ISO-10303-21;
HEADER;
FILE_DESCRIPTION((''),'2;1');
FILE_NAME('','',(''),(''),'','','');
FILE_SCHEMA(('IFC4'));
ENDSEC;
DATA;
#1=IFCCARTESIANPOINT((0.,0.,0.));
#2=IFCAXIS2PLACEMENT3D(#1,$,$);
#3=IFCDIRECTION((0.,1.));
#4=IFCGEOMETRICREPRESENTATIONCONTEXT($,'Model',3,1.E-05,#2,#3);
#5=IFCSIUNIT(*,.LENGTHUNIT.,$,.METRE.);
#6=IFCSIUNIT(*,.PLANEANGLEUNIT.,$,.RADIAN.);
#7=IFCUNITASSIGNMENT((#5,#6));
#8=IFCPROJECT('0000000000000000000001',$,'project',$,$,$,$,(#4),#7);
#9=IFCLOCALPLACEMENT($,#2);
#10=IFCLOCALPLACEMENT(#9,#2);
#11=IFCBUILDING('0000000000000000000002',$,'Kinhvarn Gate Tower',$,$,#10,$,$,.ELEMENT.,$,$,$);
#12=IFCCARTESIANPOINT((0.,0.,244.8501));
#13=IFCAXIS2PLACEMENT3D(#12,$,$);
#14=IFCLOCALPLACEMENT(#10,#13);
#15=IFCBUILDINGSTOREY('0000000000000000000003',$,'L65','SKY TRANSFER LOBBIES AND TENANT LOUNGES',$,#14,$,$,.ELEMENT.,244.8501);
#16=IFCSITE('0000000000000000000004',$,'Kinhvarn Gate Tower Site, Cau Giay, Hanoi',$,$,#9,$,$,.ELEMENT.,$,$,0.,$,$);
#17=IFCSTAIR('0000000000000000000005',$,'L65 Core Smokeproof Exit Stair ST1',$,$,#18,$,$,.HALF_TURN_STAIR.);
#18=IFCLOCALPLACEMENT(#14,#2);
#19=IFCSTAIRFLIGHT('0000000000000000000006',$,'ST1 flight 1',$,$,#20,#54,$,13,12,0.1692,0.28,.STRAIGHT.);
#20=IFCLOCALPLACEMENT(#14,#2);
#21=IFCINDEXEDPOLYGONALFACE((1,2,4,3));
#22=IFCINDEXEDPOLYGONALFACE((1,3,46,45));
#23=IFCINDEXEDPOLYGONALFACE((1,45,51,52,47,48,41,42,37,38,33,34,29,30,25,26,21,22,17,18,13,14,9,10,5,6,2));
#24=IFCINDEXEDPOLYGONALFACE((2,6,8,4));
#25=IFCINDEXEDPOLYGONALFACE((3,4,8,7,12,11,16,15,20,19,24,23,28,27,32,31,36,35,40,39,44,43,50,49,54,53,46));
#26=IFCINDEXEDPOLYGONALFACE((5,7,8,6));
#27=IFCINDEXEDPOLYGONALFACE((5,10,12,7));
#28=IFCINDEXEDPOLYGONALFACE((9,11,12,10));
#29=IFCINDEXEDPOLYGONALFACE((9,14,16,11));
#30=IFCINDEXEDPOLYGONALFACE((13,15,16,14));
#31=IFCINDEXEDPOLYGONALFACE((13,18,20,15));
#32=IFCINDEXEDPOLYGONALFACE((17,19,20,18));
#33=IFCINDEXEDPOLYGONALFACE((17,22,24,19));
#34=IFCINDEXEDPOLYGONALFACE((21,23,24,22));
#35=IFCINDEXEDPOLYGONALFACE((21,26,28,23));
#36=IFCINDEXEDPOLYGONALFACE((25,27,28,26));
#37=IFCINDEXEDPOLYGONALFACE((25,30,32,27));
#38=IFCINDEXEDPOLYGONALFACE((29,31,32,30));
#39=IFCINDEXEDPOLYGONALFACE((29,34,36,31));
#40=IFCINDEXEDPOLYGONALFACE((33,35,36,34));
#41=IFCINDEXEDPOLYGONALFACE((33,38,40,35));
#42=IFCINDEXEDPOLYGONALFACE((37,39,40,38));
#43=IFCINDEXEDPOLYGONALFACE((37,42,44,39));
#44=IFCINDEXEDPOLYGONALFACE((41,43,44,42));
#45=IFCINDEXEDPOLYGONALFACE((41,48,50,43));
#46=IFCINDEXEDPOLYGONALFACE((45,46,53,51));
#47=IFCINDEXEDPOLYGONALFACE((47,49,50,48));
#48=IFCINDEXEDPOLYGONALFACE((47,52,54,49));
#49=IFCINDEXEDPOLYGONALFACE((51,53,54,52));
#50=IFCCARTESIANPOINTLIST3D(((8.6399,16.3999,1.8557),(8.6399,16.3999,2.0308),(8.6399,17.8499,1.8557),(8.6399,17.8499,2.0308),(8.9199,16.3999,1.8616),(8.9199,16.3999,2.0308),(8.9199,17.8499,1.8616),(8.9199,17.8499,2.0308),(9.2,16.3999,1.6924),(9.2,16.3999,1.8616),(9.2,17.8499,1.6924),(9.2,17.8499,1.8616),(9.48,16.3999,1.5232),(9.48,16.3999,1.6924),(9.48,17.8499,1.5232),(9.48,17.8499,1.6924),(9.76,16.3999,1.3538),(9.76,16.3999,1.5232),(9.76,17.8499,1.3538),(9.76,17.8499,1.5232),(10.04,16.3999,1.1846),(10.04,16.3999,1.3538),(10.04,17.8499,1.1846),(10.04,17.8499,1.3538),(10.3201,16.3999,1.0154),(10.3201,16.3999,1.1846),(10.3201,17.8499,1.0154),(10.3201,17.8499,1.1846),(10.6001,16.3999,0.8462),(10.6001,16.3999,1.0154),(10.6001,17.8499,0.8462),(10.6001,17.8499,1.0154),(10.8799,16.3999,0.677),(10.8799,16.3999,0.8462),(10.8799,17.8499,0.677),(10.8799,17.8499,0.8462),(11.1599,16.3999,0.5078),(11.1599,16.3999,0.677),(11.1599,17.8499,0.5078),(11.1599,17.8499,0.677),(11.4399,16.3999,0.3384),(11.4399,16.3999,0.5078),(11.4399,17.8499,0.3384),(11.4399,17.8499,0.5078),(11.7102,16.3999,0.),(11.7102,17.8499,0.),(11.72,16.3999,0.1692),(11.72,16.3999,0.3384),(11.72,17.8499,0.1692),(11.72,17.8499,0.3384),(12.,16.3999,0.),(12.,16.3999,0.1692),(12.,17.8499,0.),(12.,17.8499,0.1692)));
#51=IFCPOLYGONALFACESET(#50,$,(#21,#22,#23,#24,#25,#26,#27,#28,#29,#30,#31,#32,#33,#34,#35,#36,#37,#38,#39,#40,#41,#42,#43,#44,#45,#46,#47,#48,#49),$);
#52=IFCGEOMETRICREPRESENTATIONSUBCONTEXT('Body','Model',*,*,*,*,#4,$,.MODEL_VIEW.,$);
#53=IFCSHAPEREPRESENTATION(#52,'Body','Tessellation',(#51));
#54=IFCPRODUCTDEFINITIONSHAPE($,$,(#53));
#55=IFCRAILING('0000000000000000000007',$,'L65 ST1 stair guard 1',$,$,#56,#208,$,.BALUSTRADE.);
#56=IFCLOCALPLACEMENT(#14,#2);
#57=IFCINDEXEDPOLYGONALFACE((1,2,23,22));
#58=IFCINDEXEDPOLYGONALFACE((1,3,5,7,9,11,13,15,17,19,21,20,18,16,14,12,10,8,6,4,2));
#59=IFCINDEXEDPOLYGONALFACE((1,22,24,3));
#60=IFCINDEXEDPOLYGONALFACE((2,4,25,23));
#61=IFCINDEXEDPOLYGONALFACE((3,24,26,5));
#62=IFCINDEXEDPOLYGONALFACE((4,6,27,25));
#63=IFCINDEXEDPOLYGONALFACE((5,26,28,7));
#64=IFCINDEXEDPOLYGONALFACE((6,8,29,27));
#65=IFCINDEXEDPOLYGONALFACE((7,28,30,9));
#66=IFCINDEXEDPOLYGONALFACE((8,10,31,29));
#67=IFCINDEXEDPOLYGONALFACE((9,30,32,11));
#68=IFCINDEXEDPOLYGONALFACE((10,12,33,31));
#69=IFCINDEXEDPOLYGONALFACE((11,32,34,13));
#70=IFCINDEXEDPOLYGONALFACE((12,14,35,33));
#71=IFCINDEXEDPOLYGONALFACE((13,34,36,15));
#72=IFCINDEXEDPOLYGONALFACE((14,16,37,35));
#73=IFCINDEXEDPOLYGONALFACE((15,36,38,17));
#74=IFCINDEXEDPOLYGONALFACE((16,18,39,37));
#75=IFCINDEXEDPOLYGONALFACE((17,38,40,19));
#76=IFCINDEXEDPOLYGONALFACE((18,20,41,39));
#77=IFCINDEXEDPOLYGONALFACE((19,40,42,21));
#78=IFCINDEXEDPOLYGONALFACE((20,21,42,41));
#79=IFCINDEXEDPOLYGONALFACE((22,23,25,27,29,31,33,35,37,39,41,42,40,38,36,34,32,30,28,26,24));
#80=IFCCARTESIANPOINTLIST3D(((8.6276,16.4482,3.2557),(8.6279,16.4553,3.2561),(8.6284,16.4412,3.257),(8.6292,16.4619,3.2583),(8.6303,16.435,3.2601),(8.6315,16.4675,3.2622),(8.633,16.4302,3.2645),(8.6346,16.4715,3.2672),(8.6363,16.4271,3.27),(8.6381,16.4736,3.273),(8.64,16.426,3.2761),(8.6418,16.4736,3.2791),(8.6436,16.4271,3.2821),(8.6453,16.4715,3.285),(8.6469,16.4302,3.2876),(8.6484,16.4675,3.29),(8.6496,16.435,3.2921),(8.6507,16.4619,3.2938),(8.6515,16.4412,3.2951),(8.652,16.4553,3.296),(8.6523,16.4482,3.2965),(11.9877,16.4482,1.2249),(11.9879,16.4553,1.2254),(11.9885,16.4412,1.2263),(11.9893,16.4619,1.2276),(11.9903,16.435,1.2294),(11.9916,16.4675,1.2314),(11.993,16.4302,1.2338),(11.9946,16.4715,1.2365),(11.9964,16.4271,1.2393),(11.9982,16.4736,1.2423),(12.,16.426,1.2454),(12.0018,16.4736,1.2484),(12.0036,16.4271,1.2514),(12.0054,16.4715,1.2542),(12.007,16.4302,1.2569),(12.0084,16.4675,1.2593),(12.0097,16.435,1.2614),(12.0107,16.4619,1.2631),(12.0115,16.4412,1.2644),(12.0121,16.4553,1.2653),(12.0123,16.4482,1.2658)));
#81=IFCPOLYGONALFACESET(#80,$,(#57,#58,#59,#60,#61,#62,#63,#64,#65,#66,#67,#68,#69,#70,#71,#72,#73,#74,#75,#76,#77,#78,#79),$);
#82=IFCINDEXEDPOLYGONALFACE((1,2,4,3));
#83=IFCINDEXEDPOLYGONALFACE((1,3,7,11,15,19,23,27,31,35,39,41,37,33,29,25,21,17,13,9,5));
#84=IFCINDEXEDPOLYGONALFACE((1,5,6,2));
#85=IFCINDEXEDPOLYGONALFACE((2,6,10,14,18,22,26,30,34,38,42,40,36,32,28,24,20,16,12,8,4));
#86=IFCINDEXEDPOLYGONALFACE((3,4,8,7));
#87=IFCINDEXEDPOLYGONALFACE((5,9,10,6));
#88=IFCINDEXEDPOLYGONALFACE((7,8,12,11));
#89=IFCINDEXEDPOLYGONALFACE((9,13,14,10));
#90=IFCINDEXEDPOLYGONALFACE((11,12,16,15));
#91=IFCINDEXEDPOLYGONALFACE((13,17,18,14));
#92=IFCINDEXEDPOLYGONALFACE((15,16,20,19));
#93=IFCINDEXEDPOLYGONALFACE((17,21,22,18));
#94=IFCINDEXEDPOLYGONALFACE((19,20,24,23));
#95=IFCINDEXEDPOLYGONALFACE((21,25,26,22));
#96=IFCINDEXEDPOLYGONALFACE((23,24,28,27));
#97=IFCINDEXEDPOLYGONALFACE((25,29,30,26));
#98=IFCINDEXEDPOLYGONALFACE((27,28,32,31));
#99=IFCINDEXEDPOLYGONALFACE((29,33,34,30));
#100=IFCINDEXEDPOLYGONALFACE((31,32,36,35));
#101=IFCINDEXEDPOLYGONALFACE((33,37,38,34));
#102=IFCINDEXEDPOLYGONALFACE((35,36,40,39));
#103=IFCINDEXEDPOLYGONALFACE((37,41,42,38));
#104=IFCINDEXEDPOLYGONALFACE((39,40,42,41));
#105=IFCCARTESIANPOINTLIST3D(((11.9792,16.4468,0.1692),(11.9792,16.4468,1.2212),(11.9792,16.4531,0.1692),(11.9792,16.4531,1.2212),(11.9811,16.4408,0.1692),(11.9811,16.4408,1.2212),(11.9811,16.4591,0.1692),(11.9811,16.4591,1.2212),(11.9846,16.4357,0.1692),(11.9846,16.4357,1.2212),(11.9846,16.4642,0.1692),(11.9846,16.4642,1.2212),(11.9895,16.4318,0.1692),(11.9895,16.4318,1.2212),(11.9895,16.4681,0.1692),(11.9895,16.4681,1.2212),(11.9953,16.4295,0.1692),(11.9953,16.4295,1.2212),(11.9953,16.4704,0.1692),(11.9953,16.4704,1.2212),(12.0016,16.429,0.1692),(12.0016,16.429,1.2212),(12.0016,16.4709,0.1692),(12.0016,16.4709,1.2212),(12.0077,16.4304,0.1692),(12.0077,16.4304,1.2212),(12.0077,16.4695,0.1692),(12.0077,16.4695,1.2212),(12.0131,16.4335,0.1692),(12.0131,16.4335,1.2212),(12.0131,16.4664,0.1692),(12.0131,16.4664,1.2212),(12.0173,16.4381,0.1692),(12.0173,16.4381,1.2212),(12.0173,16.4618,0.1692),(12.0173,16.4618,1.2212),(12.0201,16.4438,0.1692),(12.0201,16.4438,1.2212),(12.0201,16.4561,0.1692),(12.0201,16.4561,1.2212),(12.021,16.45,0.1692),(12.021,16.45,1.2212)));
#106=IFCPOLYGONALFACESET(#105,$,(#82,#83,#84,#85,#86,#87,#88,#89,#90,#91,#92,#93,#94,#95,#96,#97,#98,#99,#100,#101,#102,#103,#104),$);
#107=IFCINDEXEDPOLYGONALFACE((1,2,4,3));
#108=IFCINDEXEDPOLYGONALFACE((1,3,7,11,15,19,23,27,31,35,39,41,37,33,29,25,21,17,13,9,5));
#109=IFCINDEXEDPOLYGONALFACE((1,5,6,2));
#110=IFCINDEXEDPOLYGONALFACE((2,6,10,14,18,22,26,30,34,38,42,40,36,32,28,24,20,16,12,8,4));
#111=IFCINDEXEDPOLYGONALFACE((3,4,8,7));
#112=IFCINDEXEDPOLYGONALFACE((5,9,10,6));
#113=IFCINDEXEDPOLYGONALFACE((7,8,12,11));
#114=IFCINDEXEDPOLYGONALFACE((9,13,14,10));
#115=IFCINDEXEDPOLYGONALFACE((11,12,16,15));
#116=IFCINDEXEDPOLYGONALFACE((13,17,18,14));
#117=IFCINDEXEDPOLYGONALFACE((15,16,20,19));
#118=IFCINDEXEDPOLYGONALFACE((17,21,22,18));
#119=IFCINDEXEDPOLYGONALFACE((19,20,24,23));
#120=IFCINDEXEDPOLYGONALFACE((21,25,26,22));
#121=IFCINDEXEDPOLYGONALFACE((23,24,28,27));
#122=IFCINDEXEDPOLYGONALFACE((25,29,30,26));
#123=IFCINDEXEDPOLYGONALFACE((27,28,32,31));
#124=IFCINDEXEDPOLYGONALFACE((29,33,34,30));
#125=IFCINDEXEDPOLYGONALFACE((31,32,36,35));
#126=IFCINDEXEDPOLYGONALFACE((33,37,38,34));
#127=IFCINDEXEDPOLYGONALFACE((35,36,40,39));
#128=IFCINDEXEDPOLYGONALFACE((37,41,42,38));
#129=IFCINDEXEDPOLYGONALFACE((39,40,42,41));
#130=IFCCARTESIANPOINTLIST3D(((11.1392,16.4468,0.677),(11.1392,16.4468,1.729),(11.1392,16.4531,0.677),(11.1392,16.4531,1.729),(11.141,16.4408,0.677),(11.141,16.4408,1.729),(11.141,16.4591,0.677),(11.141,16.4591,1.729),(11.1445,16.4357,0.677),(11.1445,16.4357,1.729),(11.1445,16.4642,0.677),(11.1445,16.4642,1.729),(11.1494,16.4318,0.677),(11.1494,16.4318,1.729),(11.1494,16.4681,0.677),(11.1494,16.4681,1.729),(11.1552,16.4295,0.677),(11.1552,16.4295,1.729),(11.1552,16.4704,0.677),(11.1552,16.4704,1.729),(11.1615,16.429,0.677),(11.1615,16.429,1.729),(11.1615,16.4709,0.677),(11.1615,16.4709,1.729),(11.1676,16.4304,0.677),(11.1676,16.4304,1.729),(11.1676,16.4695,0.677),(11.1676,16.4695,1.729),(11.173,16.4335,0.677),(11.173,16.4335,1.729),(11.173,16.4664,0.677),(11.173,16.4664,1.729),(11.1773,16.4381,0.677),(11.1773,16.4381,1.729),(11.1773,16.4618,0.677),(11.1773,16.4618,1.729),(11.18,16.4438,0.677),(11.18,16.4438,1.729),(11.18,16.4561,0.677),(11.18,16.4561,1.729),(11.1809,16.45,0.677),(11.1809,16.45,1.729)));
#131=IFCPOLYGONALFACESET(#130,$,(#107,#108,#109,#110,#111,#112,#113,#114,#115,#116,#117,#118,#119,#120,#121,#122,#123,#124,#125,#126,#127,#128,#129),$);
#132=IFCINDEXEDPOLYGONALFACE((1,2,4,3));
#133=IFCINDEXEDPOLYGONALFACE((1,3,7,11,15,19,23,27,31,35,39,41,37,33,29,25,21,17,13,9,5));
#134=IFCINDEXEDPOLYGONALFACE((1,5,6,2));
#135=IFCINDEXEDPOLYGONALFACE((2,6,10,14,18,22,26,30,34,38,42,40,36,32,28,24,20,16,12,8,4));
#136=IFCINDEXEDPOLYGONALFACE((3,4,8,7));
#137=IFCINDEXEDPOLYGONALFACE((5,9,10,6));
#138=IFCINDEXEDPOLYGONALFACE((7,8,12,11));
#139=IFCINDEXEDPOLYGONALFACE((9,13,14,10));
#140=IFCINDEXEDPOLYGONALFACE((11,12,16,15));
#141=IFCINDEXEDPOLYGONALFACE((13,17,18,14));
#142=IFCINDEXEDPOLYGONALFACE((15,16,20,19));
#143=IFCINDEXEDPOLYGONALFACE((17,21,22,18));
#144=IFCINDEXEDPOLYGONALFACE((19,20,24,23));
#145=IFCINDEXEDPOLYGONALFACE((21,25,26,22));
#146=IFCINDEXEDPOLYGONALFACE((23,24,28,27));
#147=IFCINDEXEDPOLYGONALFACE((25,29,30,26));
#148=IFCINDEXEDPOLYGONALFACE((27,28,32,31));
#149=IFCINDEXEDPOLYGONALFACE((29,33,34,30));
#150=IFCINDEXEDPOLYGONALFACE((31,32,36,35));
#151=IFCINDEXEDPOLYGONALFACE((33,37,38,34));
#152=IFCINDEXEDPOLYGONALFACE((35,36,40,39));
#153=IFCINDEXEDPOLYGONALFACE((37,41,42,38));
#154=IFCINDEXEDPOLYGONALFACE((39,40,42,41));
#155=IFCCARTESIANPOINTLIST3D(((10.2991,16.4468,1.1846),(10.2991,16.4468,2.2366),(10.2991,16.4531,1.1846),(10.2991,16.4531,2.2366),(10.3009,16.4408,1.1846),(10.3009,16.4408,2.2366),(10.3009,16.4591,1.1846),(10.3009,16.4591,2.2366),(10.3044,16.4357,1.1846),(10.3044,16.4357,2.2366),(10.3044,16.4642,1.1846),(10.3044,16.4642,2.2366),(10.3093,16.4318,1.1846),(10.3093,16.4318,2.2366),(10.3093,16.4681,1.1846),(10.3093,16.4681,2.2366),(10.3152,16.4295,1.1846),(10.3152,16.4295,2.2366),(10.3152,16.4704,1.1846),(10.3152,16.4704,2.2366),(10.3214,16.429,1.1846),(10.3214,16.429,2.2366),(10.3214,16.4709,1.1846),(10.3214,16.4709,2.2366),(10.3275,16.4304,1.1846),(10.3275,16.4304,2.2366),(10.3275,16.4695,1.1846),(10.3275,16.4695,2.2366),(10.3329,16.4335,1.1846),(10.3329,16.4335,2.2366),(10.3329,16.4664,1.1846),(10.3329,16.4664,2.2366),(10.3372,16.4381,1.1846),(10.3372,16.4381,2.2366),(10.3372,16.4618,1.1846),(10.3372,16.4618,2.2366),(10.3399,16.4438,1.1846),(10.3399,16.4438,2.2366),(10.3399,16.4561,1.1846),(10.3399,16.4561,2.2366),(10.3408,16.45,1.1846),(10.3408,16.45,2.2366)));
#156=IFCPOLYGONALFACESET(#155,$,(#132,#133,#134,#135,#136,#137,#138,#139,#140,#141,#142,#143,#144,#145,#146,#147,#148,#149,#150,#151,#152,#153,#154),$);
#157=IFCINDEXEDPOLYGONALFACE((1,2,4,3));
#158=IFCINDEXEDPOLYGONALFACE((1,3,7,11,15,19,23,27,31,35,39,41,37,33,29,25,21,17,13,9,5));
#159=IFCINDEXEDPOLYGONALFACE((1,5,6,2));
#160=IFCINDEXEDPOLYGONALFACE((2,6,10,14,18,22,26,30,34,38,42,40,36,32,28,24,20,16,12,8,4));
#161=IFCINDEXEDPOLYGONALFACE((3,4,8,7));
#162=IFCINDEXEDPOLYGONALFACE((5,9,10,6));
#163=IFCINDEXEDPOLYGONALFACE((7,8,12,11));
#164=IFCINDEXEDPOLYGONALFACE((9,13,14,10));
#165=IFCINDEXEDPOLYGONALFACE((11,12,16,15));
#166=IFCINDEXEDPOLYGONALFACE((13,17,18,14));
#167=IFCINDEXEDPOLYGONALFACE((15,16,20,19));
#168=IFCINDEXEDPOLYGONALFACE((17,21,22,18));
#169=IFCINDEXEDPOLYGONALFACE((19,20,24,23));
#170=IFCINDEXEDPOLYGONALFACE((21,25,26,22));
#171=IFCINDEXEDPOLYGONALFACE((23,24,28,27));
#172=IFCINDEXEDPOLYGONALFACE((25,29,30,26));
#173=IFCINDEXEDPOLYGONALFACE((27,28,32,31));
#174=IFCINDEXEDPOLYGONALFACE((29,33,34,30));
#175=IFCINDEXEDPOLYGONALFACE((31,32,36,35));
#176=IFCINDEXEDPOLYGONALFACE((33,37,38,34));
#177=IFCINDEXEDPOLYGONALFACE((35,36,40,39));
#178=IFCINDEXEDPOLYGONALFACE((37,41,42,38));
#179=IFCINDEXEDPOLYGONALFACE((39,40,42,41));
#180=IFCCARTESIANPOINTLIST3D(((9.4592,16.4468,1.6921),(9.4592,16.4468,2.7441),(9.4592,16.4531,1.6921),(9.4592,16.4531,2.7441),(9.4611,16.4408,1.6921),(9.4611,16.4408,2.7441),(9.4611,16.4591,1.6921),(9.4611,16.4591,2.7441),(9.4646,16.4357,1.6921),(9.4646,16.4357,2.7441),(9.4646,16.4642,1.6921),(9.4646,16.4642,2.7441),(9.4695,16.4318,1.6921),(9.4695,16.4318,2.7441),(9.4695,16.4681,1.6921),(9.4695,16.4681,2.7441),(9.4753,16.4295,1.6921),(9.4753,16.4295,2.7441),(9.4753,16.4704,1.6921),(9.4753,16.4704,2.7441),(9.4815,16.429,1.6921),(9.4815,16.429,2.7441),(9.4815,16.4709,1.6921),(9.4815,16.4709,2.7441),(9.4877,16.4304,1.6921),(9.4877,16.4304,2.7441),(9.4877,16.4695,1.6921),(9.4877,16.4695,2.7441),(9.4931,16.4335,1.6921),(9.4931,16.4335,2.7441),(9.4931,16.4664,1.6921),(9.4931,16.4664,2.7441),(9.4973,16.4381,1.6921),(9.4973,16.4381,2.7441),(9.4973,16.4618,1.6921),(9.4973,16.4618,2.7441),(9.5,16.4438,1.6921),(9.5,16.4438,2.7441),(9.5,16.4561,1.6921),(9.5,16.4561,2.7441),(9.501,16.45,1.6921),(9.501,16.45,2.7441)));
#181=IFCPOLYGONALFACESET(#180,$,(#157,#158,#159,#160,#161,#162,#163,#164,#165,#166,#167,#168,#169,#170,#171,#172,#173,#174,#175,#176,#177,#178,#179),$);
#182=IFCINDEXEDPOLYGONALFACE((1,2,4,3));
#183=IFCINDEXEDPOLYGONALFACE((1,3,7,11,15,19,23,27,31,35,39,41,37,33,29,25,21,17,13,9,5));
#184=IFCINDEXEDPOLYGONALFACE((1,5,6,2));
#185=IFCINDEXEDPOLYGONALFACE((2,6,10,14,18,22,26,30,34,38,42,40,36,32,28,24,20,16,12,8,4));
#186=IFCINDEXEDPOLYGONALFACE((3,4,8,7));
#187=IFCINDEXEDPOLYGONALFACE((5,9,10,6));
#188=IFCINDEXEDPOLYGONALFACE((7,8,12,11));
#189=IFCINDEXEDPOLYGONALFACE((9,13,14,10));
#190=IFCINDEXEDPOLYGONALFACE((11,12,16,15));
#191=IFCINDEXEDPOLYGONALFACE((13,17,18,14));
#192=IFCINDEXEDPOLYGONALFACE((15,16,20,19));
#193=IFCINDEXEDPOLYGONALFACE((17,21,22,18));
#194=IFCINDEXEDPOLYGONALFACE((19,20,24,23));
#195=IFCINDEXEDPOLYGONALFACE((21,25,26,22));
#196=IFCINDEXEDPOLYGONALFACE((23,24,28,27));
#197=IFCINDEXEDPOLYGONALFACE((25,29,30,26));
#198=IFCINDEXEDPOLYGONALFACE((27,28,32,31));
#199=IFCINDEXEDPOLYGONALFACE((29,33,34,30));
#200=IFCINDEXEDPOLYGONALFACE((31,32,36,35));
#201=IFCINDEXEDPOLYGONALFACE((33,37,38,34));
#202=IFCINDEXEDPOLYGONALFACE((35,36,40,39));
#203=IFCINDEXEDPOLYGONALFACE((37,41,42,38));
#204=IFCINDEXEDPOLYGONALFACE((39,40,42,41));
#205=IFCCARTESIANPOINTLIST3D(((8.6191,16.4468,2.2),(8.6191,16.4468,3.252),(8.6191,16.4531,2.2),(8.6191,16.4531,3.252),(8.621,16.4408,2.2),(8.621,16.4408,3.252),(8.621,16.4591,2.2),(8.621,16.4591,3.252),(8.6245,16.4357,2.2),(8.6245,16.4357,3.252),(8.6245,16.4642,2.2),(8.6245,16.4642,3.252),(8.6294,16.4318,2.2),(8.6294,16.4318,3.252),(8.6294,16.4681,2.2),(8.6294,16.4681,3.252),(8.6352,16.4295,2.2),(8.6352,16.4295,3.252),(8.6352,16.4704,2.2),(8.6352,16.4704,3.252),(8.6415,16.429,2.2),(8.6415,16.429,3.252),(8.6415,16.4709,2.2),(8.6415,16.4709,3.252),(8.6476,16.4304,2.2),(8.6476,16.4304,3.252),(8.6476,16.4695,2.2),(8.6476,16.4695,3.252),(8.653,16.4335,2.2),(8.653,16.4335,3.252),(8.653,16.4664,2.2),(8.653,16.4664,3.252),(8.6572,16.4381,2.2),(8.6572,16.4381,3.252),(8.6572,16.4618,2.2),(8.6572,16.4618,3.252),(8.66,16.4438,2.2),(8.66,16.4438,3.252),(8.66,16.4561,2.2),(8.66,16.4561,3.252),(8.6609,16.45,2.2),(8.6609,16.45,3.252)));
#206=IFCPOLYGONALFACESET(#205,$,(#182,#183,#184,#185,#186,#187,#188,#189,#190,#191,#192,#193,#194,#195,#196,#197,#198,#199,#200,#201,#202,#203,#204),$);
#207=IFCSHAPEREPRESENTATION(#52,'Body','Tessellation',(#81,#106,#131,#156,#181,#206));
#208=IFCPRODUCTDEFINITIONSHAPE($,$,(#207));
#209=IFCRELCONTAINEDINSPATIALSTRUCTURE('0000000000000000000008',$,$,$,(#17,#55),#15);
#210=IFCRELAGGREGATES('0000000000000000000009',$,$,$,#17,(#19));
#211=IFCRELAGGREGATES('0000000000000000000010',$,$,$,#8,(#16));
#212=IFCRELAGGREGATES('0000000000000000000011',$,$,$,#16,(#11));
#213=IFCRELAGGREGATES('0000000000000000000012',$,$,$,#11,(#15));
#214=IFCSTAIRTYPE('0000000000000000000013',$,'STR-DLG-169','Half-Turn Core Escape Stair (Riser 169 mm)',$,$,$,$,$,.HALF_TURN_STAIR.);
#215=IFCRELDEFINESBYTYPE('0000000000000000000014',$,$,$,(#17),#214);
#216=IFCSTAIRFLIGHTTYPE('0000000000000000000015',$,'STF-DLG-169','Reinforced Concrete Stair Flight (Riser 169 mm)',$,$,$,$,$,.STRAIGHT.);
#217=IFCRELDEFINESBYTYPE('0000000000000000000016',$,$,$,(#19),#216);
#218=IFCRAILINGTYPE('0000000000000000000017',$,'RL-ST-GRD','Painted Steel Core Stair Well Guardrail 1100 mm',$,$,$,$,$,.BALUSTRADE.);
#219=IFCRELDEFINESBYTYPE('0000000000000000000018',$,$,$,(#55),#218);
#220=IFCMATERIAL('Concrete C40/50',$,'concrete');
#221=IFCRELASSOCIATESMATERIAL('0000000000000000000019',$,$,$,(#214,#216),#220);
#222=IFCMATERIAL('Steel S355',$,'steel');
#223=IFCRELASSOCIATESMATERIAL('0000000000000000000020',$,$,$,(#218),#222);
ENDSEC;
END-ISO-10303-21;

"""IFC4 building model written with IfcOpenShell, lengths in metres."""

from ifc_helpers import new_model, si_unit, direction, frame, origin, origin_2d, place, context, subcontext, project, spatial, polyline, circle, outline, extrude, material, type_object, element, aggregate, save


model = new_model("IFC4")

# Units and contexts
model_context = context("Model", 3, precision=1e-05, world=origin(), true_north=direction((0.0, 1.0)))
body_context = subcontext(model_context, "Body", "Model", "MODEL_VIEW")
ifc_project = project(units=[si_unit("LENGTHUNIT", "METRE"), si_unit("PLANEANGLEUNIT", "RADIAN")], contexts=[model_context])

# Site, building, storey
site_placement = place(None, origin())
site = spatial("IfcSite", under=ifc_project, at=site_placement, Name="Kinhvarn Gate Tower Site, Cau Giay, Hanoi", CompositionType="ELEMENT", RefElevation=0.0)
building_placement = place(site_placement, origin())
building = spatial("IfcBuilding", under=site, at=building_placement, Name="Kinhvarn Gate Tower", CompositionType="ELEMENT")
storey_placement = place(building_placement, frame((0.0, 0.0, 244.8501)))
storey = spatial("IfcBuildingStorey", under=building, at=storey_placement, Name="L65", Description="SKY TRANSFER LOBBIES AND TENANT LOUNGES", CompositionType="ELEMENT", Elevation=244.8501)

# Shared definitions
ifc_material_1 = material(Name="Steel S355", Category="steel")

# Shared definitions
ifc_material_2 = material(Name="Concrete C40/50", Category="concrete")

# Stair, stair flight
stair_type = type_object("IfcStairType", Name="STR-DLG-169", Description="Half-Turn Core Escape Stair (Riser 169 mm)", PredefinedType="HALF_TURN_STAIR", material=ifc_material_2)
stair_placement = place(storey_placement, origin())
stair = element("IfcStair", 1, at=stair_placement, inside=storey, type_object=stair_type, Name="L65 Core Smokeproof Exit Stair ST1", PredefinedType="HALF_TURN_STAIR")
stair_flight_type = type_object("IfcStairFlightType", Name="STF-DLG-169", Description="Reinforced Concrete Stair Flight (Riser 169 mm)", PredefinedType="STRAIGHT", material=ifc_material_2)
stair_flight_placement = place(storey_placement, frame((12.0, 17.125, 0.0), z_axis=(0.0, 0.0, 1.0), x_axis=(-1.0, 0.0, 0.0)))
stair_flight = element("IfcStairFlight", 2, at=stair_flight_placement, type_object=stair_flight_type, Name="ST1 flight 1", NumberOfRisers=13, NumberOfTreads=12, PredefinedType="STRAIGHT", RiserHeight=0.1692, TreadLength=0.28, context=body_context, shape_type="SweptSolid", body=[
    extrude(outline(polyline([(0.0, 0.0), (0.0, 0.1692), (0.28, 0.1692), (0.28, 0.3384), (0.5601, 0.3384), (0.5601, 0.5078), (0.8401, 0.5078), (0.8401, 0.677), (1.1201, 0.677), (1.1201, 0.8462), (1.3999, 0.8462), (1.3999, 1.0154), (1.6799, 1.0154), (1.6799, 1.1846), (1.96, 1.1846), (1.96, 1.3538), (2.24, 1.3538), (2.24, 1.5232), (2.52, 1.5232), (2.52, 1.6924), (2.8, 1.6924), (2.8, 1.8616), (3.0801, 1.8616), (3.0801, 2.0308), (3.3601, 2.0308), (3.3601, 2.2), (3.3601, 1.8557), (0.2898, 0.0), (0.0, 0.0)])), frame((0.0, 0.7251, 0.0), z_axis=(0.0, -1.0, 0.0), x_axis=(1.0, 0.0, 0.0)), (0.0, 0.0, 1.0), 1.45),
])
aggregate(stair, [stair_flight])

# Railing
railing_type_1 = type_object("IfcRailingType", Name="RL-ST-GRD", Description="Painted Steel Core Stair Well Guardrail 1100 mm", PredefinedType="BALUSTRADE", material=ifc_material_1)
railing_1_placement = place(storey_placement, frame((12.0, 16.45, 0.1692)))
element("IfcRailing", 3, at=railing_1_placement, inside=storey, type_object=railing_type_1, Name="L65 ST1 stair guard 1", PredefinedType="BALUSTRADE", context=body_context, shape_type="SweptSolid", body=[
    extrude(circle(Radius=0.0239, at=origin_2d()), frame((0.0, 0.0, 1.0762), z_axis=(-0.855837, 0.0, 0.517246), x_axis=(0.0, -1.0, 0.0)), (0.0, 0.0, 1.0), 3.926),
    extrude(circle(Radius=0.021, at=origin_2d()), origin(), (0.0, 0.0, 1.0), 1.052),
    extrude(circle(Radius=0.021, at=origin_2d()), frame((-0.8401, 0.0, 0.5078)), (0.0, 0.0, 1.0), 1.052),
    extrude(circle(Radius=0.021, at=origin_2d()), frame((-1.6802, 0.0, 1.0154)), (0.0, 0.0, 1.0), 1.052),
    extrude(circle(Radius=0.021, at=origin_2d()), frame((-2.52, 0.0, 1.5229)), (0.0, 0.0, 1.0), 1.052),
    extrude(circle(Radius=0.021, at=origin_2d()), frame((-3.3601, 0.0, 2.0308)), (0.0, 0.0, 1.0), 1.052),
])

save(model, "model.ifc")
